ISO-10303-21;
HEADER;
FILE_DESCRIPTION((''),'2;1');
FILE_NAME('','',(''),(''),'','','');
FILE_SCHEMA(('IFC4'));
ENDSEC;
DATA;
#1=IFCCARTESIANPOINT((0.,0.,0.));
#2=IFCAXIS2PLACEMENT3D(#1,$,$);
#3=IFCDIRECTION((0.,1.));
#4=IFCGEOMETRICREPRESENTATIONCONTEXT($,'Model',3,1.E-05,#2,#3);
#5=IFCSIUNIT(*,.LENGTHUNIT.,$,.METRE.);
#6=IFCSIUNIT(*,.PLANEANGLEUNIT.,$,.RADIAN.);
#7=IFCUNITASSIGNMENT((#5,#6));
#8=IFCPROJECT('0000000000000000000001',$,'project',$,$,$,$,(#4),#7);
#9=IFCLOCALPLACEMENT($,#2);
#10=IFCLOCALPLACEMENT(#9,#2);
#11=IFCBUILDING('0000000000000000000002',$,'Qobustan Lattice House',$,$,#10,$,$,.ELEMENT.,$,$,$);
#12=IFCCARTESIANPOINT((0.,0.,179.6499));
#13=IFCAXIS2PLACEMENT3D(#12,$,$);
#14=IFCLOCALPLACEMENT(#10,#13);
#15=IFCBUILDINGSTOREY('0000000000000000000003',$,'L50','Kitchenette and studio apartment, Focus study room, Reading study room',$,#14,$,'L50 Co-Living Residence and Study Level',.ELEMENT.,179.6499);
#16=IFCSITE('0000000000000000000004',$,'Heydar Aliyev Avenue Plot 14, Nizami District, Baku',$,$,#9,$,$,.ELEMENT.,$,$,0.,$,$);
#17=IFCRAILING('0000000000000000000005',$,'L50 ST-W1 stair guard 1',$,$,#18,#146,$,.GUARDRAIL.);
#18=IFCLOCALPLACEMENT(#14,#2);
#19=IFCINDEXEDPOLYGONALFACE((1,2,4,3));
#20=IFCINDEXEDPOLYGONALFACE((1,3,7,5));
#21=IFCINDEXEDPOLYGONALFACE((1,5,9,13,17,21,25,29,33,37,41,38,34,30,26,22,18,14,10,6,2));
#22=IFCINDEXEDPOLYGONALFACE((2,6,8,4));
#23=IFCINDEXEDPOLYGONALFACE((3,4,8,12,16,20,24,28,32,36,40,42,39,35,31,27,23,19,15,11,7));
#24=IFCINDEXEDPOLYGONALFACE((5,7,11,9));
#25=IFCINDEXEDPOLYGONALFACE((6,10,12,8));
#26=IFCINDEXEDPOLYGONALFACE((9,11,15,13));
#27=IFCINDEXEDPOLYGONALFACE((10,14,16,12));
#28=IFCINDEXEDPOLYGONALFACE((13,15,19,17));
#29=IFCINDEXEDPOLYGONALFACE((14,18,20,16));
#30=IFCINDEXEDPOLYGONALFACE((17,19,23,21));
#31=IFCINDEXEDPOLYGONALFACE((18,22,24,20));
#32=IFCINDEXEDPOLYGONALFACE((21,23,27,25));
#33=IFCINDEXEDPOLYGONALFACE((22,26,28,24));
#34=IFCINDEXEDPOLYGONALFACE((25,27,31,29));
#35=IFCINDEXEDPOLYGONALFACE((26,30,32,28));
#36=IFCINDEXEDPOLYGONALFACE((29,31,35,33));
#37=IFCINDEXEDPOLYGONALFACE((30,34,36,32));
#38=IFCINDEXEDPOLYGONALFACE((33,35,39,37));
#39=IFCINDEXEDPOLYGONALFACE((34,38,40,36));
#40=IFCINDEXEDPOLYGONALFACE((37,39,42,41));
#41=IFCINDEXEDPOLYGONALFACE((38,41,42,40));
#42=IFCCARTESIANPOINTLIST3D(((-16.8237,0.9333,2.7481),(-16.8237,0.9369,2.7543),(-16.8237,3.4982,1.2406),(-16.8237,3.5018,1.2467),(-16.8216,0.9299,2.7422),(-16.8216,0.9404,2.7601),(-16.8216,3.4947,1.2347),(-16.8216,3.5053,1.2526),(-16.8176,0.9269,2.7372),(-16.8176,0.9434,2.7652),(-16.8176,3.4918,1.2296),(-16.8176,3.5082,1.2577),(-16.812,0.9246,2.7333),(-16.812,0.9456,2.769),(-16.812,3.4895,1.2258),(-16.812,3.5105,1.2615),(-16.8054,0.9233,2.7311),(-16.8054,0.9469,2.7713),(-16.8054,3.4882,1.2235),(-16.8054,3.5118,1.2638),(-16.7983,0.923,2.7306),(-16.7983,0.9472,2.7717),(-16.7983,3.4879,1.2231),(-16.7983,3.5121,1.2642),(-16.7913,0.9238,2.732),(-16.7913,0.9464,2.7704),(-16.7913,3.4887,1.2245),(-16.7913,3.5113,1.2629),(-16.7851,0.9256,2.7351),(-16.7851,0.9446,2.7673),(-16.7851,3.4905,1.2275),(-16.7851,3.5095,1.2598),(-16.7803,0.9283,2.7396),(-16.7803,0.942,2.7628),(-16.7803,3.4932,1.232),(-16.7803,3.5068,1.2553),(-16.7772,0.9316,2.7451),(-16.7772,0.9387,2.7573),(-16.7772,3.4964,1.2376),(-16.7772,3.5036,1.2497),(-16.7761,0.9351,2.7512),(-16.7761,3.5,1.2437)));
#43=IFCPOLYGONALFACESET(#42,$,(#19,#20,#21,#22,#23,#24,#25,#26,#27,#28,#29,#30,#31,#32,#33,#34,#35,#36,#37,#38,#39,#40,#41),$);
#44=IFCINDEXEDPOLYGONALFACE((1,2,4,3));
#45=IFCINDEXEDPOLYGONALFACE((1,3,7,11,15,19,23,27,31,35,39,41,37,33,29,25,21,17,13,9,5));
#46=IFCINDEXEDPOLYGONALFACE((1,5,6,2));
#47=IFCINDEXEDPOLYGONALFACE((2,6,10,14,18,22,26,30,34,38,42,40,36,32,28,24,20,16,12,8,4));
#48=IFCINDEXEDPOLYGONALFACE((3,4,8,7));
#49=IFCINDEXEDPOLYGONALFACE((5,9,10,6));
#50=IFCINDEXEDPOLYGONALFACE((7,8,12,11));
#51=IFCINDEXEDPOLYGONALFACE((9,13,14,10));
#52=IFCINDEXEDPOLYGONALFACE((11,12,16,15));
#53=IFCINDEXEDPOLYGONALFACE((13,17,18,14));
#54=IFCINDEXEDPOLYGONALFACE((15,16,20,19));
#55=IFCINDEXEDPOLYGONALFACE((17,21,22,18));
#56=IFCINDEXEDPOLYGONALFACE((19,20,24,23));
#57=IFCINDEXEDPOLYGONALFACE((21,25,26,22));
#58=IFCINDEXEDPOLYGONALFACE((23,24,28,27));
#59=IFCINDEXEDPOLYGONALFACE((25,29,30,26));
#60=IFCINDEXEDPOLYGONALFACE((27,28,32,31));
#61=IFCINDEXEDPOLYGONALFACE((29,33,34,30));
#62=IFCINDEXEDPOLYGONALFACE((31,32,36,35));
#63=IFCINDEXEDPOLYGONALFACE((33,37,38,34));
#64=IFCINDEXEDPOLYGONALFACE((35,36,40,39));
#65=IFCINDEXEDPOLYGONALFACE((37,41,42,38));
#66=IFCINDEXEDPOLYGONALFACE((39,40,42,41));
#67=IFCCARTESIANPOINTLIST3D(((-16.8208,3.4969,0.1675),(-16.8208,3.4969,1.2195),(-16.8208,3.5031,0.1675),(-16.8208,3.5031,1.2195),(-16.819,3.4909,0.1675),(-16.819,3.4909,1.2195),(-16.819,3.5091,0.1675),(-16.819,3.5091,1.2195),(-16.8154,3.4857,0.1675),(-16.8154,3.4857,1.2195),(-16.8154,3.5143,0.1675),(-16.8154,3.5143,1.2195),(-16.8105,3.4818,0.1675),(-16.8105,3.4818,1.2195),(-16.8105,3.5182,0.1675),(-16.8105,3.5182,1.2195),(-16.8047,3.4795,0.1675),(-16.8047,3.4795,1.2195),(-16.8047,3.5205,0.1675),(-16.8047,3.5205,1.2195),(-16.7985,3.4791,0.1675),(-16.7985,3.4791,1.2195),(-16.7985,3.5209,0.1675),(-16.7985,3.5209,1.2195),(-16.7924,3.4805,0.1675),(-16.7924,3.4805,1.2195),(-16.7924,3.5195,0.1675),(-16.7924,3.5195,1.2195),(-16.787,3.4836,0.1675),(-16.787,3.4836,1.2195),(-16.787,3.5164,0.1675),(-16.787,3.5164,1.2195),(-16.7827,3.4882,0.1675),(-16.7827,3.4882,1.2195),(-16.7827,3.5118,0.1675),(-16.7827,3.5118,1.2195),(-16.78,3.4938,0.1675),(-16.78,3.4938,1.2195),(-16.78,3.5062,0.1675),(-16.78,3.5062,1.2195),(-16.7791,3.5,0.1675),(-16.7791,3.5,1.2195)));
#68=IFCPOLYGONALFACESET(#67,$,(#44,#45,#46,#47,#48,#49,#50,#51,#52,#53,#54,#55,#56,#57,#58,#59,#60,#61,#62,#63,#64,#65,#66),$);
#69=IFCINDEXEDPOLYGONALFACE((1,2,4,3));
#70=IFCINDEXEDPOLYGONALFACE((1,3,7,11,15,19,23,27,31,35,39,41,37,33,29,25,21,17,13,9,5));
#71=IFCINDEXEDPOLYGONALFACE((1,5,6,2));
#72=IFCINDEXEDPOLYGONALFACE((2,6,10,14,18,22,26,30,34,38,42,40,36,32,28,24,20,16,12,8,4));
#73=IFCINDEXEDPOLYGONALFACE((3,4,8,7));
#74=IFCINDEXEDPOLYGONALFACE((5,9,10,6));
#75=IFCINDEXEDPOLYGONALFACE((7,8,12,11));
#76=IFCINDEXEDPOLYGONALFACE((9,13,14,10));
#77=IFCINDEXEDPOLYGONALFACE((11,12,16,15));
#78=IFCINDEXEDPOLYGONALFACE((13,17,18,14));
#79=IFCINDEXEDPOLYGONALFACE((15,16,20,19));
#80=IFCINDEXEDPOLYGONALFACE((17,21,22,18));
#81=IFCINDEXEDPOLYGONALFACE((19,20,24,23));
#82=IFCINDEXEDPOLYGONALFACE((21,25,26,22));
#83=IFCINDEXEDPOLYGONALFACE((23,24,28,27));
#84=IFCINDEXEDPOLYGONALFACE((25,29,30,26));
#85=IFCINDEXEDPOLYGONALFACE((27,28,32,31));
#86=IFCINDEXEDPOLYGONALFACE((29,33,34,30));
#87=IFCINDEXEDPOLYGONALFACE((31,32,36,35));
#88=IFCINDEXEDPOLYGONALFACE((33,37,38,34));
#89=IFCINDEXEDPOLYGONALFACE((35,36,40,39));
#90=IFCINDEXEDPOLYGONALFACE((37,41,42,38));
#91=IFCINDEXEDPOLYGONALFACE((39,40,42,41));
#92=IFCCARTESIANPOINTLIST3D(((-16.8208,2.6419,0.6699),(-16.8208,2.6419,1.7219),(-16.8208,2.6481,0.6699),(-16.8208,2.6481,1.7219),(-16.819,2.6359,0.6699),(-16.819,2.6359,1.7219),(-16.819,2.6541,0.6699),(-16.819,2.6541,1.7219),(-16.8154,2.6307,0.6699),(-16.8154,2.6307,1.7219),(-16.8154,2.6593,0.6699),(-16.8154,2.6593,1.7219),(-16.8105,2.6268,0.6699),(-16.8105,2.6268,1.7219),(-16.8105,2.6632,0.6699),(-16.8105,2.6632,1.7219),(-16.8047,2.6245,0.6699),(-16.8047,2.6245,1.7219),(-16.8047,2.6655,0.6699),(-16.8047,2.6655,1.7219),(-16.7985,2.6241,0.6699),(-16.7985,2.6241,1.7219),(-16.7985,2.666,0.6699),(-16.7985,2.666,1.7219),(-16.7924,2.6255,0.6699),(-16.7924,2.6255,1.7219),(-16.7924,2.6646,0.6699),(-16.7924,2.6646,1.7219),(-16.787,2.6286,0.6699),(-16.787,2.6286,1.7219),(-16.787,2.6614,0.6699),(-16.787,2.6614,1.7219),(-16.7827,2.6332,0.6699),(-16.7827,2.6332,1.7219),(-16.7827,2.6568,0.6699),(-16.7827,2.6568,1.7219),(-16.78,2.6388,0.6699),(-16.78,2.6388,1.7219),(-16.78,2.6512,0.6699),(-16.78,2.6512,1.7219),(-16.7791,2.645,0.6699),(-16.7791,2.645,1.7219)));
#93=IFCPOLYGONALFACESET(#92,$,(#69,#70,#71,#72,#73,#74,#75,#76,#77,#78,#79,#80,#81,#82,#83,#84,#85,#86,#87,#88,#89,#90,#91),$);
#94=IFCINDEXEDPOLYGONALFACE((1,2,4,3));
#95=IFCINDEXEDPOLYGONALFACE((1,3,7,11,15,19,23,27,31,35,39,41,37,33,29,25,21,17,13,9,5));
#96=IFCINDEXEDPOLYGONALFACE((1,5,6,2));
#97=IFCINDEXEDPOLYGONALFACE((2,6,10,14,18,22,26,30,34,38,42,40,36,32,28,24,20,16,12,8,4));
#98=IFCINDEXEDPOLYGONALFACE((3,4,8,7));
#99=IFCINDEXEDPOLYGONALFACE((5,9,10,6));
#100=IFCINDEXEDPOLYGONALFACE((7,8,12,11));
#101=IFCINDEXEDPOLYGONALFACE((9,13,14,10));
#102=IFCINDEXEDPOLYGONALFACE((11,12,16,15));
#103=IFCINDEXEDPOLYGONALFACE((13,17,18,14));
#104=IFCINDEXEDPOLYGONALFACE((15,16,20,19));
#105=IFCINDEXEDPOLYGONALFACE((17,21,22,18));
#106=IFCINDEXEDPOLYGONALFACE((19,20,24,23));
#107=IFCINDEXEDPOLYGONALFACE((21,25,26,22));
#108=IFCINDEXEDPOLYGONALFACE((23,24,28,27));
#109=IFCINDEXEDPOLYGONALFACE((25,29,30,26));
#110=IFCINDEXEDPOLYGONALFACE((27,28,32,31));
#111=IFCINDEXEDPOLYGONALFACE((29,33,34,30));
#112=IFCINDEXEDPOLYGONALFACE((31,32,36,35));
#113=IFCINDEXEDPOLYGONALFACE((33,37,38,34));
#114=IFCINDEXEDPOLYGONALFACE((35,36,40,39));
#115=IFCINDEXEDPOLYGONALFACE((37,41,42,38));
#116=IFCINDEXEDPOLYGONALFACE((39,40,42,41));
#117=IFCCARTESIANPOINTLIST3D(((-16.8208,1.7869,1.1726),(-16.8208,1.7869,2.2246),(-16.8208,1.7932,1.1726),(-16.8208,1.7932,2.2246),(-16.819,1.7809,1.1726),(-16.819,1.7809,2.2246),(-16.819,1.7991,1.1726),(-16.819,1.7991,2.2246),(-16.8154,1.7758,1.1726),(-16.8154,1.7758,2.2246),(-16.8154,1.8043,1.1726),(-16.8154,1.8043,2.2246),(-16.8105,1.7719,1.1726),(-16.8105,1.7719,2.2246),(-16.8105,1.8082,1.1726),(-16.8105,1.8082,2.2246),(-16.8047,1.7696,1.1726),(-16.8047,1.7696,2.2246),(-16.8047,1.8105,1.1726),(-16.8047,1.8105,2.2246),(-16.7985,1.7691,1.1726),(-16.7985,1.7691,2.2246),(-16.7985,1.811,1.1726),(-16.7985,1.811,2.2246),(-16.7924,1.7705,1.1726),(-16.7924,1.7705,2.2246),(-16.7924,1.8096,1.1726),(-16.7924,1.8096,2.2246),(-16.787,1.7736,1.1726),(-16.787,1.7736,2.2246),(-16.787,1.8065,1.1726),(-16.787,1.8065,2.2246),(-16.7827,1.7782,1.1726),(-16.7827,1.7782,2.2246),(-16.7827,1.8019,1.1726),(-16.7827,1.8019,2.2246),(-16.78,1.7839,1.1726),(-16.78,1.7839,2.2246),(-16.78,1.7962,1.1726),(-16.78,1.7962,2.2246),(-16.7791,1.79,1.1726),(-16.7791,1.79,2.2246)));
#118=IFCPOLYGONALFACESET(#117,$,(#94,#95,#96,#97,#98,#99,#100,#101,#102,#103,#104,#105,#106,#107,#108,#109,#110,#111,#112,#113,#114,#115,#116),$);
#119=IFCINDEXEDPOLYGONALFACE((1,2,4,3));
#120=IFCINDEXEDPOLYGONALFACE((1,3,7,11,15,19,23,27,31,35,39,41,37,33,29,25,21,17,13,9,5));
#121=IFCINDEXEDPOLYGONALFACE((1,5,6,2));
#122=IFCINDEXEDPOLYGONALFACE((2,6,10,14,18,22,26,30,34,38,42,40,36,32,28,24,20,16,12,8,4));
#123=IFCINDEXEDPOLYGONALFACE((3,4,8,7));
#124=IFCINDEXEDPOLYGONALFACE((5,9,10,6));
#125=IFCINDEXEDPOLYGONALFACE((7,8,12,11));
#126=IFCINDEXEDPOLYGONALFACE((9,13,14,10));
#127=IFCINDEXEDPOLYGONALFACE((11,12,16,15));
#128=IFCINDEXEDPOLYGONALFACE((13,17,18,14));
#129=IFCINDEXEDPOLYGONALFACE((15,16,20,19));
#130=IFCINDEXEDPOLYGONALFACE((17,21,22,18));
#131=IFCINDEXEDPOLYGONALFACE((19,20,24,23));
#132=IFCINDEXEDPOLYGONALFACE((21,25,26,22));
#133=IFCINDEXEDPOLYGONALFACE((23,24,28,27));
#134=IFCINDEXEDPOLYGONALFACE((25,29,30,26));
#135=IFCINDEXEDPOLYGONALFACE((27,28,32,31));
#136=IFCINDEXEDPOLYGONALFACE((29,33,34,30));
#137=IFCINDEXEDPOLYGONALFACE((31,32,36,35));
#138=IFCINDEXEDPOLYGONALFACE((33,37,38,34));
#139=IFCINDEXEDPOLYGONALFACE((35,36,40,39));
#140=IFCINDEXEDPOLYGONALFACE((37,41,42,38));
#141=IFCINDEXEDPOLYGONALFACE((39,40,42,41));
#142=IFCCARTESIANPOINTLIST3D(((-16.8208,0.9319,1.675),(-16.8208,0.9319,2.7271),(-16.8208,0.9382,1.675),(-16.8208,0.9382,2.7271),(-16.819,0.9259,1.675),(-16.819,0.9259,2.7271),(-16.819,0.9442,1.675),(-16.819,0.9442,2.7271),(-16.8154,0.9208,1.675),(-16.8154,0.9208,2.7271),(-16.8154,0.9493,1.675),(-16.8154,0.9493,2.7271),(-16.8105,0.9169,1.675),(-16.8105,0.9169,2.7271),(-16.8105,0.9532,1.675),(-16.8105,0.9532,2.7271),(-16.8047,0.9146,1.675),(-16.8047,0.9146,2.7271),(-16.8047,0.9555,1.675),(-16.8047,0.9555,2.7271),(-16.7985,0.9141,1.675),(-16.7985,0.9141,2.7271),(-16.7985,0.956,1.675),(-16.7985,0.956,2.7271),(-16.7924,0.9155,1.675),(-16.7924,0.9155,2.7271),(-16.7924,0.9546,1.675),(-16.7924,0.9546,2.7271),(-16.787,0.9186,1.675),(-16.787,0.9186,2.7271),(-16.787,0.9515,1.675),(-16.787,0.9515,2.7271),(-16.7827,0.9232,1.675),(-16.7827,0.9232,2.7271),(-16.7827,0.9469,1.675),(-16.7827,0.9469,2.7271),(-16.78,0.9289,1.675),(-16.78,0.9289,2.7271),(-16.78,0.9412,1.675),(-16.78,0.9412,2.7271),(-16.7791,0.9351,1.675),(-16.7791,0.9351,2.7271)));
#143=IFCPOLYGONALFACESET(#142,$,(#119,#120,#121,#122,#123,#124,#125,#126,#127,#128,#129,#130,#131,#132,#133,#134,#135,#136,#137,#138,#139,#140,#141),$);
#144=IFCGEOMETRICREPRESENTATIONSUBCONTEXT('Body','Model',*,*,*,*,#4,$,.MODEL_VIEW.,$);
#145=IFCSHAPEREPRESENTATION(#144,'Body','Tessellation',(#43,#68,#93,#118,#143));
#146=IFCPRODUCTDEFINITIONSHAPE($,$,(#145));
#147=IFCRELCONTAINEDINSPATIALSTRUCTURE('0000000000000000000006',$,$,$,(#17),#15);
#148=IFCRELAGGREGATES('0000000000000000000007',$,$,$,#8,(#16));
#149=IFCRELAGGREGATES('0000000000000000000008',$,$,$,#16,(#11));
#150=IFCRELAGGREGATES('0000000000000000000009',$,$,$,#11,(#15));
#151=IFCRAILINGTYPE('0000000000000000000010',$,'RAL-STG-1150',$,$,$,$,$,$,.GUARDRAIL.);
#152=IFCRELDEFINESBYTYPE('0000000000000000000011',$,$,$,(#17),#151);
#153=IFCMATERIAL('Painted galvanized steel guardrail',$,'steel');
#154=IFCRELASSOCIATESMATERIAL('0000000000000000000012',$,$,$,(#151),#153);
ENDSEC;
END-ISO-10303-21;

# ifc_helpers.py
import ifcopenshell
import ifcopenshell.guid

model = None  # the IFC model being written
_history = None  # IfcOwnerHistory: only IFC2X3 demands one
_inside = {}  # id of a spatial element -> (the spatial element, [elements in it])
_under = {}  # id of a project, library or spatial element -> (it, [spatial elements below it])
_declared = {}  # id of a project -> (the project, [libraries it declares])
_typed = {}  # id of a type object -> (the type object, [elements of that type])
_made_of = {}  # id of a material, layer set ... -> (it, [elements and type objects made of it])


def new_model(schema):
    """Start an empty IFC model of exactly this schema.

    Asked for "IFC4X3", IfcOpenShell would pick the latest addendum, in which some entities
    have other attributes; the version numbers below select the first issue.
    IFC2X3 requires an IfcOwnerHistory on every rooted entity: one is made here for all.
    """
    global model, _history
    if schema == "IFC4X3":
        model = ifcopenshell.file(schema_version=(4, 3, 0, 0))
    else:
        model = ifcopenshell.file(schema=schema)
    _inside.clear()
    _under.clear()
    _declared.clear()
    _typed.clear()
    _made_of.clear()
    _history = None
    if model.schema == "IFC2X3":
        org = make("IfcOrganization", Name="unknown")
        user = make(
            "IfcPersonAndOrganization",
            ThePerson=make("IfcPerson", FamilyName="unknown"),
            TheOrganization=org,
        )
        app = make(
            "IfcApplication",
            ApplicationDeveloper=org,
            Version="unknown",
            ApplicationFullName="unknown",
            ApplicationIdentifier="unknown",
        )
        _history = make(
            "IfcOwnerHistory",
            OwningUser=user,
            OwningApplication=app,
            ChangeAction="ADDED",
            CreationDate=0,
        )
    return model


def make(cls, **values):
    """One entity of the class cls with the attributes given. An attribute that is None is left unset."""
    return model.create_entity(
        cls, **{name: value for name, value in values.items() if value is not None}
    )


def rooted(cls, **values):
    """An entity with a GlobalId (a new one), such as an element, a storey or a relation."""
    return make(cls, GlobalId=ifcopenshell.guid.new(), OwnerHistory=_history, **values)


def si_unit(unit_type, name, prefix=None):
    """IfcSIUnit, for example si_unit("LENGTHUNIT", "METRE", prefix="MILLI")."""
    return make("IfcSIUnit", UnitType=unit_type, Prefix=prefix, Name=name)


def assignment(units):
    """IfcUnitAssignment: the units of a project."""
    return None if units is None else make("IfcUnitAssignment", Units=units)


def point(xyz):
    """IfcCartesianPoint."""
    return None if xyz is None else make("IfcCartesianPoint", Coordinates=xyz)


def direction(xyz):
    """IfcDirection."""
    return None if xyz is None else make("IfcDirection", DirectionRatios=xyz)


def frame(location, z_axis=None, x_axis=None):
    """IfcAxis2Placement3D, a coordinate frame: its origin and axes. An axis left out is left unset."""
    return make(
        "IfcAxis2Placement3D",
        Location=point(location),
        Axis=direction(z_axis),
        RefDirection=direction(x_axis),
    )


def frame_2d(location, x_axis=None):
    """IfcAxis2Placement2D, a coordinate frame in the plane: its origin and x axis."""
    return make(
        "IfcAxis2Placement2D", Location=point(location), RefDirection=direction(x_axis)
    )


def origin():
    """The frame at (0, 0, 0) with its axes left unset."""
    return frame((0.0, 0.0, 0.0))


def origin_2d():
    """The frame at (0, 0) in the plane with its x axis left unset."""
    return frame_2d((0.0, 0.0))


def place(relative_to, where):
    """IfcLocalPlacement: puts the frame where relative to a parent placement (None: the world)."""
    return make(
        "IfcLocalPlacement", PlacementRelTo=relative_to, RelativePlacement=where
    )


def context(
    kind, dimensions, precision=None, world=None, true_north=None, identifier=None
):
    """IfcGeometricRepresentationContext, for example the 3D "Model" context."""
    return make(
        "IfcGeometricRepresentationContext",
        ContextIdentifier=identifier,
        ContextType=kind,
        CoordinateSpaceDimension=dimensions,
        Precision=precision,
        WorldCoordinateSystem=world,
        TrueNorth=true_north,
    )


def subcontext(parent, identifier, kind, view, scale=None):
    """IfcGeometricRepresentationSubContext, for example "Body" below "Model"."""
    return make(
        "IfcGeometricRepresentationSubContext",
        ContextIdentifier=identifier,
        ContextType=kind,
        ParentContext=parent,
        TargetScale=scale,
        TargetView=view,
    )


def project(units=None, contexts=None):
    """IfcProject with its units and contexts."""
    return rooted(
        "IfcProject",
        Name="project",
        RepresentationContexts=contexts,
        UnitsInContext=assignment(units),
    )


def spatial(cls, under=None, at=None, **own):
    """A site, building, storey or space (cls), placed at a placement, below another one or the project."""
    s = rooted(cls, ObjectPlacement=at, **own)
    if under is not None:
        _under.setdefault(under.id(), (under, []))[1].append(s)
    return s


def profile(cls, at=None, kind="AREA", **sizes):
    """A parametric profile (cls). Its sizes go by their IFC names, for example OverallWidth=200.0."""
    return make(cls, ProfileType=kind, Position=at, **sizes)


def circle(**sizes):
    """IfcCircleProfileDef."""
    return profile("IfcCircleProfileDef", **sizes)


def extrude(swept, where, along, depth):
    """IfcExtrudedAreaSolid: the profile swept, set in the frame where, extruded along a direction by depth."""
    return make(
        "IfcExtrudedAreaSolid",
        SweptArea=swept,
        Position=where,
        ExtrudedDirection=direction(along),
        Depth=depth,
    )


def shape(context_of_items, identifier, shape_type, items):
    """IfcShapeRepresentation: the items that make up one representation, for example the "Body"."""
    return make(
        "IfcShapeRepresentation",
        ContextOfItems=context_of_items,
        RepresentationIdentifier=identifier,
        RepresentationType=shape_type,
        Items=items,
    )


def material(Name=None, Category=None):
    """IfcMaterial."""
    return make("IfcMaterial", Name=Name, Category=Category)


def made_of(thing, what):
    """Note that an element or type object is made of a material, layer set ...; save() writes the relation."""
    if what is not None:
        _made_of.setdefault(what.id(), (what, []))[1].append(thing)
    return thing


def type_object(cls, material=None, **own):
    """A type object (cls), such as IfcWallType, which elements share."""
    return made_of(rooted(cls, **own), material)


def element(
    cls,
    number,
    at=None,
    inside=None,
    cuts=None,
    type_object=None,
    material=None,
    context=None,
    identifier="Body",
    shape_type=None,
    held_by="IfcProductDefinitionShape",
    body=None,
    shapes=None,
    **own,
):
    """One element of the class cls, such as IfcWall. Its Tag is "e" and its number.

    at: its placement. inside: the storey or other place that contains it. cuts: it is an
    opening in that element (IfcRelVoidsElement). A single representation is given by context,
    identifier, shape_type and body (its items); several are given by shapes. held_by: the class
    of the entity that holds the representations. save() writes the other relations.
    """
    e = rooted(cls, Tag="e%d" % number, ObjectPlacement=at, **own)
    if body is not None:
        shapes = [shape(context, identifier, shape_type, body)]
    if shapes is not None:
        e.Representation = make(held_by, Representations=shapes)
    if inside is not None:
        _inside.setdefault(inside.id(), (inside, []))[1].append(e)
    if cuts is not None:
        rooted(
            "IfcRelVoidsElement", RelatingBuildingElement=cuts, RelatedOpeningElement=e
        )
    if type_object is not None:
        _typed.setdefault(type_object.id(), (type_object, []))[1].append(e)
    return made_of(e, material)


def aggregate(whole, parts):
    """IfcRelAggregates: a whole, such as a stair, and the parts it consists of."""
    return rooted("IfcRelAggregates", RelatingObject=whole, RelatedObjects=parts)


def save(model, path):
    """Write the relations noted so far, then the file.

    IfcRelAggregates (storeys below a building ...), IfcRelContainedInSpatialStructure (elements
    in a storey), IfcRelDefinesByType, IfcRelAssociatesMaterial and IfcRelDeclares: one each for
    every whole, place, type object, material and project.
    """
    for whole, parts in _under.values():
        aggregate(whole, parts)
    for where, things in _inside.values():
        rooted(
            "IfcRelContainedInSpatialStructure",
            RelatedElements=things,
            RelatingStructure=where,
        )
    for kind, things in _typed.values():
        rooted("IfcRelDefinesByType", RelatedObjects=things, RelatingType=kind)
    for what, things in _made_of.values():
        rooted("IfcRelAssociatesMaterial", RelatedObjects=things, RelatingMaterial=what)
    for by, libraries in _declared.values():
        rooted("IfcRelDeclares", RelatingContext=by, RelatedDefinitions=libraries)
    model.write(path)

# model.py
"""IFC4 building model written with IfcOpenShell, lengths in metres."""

from ifc_helpers import new_model, si_unit, direction, frame, origin, origin_2d, place, context, subcontext, project, spatial, circle, extrude, material, type_object, element, save


model = new_model("IFC4")

# Units and contexts
model_context = context("Model", 3, precision=1e-05, world=origin(), true_north=direction((0.0, 1.0)))
body_context = subcontext(model_context, "Body", "Model", "MODEL_VIEW")
ifc_project = project(units=[si_unit("LENGTHUNIT", "METRE"), si_unit("PLANEANGLEUNIT", "RADIAN")], contexts=[model_context])

# Site, building, storey
site_placement = place(None, origin())
site = spatial("IfcSite", under=ifc_project, at=site_placement, Name="Heydar Aliyev Avenue Plot 14, Nizami District, Baku", CompositionType="ELEMENT", RefElevation=0.0)
building_placement = place(site_placement, origin())
building = spatial("IfcBuilding", under=site, at=building_placement, Name="Qobustan Lattice House", CompositionType="ELEMENT")
storey_placement = place(building_placement, frame((0.0, 0.0, 179.6499)))
storey = spatial("IfcBuildingStorey", under=building, at=storey_placement, Name="L50", Description="Kitchenette and studio apartment, Focus study room, Reading study room", LongName="L50 Co-Living Residence and Study Level", CompositionType="ELEMENT", Elevation=179.6499)

# Railing
ifc_material_1 = material(Name="Painted galvanized steel guardrail", Category="steel")
railing_type_1 = type_object("IfcRailingType", Name="RAL-STG-1150", PredefinedType="GUARDRAIL", material=ifc_material_1)
railing_1_placement = place(storey_placement, frame((-16.8, 3.5, 0.1675)))
element("IfcRailing", 1, at=railing_1_placement, inside=storey, type_object=railing_type_1, Name="L50 ST-W1 stair guard 1", PredefinedType="GUARDRAIL", context=body_context, shape_type="SweptSolid", body=[
    extrude(circle(Radius=0.0239, at=origin_2d()), frame((0.0, 0.0, 1.0762), z_axis=(0.0, -0.862113, 0.506715), x_axis=(1.0, 0.0, 0.0)), (0.0, 0.0, 1.0), 2.9751),
    extrude(circle(Radius=0.021, at=origin_2d()), origin(), (0.0, 0.0, 1.0), 1.052),
    extrude(circle(Radius=0.021, at=origin_2d()), frame((0.0, -0.855, 0.5024)), (0.0, 0.0, 1.0), 1.052),
    extrude(circle(Radius=0.021, at=origin_2d()), frame((0.0, -1.71, 1.0051)), (0.0, 0.0, 1.0), 1.052),
    extrude(circle(Radius=0.021, at=origin_2d()), frame((0.0, -2.5649, 1.5076)), (0.0, 0.0, 1.0), 1.052),
])

save(model, "model.ifc")
